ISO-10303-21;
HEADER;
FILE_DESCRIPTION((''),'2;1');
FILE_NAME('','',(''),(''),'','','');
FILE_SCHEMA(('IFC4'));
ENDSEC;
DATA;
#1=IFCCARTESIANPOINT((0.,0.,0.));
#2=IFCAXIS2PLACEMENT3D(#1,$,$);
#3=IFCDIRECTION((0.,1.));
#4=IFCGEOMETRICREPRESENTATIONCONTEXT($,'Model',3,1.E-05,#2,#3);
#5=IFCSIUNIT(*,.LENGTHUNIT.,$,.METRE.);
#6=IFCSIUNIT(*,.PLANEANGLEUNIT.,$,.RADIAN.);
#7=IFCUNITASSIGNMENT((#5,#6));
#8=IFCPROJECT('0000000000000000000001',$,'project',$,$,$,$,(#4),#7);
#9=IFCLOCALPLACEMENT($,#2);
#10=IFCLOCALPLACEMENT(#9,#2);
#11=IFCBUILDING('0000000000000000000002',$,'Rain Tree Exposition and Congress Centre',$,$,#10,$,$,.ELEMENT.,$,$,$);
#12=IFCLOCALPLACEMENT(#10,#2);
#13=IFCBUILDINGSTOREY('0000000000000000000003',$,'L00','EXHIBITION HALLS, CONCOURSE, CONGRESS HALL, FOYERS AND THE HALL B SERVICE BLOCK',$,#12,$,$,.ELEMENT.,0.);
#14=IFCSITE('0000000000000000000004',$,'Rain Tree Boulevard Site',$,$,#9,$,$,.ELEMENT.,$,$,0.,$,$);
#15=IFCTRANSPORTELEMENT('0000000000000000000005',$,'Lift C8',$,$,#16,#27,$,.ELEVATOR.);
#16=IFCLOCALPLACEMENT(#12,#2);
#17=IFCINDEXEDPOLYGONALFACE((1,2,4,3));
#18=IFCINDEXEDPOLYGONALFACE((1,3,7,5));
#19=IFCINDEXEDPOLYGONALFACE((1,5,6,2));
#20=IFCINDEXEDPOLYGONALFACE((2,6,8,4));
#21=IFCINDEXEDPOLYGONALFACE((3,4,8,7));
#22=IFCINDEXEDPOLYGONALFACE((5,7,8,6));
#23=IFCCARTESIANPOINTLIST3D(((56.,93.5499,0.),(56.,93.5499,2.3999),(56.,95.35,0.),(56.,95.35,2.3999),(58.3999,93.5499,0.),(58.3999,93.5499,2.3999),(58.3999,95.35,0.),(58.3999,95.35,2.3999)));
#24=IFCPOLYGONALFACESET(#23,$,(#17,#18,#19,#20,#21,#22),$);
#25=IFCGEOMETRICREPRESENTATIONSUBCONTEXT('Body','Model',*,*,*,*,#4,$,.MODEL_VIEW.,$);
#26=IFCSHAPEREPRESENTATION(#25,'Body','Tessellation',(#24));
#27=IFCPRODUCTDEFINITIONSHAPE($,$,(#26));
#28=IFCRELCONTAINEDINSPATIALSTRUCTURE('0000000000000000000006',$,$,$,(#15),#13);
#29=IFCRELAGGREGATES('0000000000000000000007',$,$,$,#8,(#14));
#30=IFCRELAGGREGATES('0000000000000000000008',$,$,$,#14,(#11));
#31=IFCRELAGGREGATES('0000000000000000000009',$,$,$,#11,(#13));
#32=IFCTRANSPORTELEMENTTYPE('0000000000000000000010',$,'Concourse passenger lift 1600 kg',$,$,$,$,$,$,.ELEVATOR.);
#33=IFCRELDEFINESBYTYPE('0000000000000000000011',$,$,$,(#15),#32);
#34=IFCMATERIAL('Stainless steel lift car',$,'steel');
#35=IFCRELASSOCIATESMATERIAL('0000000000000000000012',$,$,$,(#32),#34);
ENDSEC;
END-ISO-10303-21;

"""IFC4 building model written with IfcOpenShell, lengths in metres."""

from ifc_helpers import new_model, si_unit, direction, frame, origin, origin_2d, place, context, subcontext, project, spatial, rectangle, extrude, material, type_object, element, save


model = new_model("IFC4")

# Units and contexts
model_context = context("Model", 3, precision=1e-05, world=origin(), true_north=direction((0.0, 1.0)))
body_context = subcontext(model_context, "Body", "Model", "MODEL_VIEW")
ifc_project = project(units=[si_unit("LENGTHUNIT", "METRE"), si_unit("PLANEANGLEUNIT", "RADIAN")], contexts=[model_context])

# Site, building, storey
site_placement = place(None, origin())
site = spatial("IfcSite", under=ifc_project, at=site_placement, Name="Rain Tree Boulevard Site", CompositionType="ELEMENT", RefElevation=0.0)
building_placement = place(site_placement, origin())
building = spatial("IfcBuilding", under=site, at=building_placement, Name="Rain Tree Exposition and Congress Centre", CompositionType="ELEMENT")
storey_placement = place(building_placement, origin())
storey = spatial("IfcBuildingStorey", under=building, at=storey_placement, Name="L00", Description="EXHIBITION HALLS, CONCOURSE, CONGRESS HALL, FOYERS AND THE HALL B SERVICE BLOCK", CompositionType="ELEMENT", Elevation=0.0)

# Transport element
ifc_material_1 = material(Name="Stainless steel lift car", Category="steel")
transport_element_type = type_object("IfcTransportElementType", Name="Concourse passenger lift 1600 kg", PredefinedType="ELEVATOR", material=ifc_material_1)
transport_element_placement = place(storey_placement, frame((57.2, 94.45, 0.0), z_axis=(0.0, 0.0, 1.0), x_axis=(1.0, 0.0, 0.0)))
element("IfcTransportElement", 1, at=transport_element_placement, inside=storey, type_object=transport_element_type, Name="Lift C8", PredefinedType="ELEVATOR", context=body_context, shape_type="SweptSolid", body=[
    extrude(rectangle(XDim=2.3999, YDim=1.8, at=origin_2d()), origin(), (0.0, 0.0, 1.0), 2.3999),
])

save(model, "model.ifc")
